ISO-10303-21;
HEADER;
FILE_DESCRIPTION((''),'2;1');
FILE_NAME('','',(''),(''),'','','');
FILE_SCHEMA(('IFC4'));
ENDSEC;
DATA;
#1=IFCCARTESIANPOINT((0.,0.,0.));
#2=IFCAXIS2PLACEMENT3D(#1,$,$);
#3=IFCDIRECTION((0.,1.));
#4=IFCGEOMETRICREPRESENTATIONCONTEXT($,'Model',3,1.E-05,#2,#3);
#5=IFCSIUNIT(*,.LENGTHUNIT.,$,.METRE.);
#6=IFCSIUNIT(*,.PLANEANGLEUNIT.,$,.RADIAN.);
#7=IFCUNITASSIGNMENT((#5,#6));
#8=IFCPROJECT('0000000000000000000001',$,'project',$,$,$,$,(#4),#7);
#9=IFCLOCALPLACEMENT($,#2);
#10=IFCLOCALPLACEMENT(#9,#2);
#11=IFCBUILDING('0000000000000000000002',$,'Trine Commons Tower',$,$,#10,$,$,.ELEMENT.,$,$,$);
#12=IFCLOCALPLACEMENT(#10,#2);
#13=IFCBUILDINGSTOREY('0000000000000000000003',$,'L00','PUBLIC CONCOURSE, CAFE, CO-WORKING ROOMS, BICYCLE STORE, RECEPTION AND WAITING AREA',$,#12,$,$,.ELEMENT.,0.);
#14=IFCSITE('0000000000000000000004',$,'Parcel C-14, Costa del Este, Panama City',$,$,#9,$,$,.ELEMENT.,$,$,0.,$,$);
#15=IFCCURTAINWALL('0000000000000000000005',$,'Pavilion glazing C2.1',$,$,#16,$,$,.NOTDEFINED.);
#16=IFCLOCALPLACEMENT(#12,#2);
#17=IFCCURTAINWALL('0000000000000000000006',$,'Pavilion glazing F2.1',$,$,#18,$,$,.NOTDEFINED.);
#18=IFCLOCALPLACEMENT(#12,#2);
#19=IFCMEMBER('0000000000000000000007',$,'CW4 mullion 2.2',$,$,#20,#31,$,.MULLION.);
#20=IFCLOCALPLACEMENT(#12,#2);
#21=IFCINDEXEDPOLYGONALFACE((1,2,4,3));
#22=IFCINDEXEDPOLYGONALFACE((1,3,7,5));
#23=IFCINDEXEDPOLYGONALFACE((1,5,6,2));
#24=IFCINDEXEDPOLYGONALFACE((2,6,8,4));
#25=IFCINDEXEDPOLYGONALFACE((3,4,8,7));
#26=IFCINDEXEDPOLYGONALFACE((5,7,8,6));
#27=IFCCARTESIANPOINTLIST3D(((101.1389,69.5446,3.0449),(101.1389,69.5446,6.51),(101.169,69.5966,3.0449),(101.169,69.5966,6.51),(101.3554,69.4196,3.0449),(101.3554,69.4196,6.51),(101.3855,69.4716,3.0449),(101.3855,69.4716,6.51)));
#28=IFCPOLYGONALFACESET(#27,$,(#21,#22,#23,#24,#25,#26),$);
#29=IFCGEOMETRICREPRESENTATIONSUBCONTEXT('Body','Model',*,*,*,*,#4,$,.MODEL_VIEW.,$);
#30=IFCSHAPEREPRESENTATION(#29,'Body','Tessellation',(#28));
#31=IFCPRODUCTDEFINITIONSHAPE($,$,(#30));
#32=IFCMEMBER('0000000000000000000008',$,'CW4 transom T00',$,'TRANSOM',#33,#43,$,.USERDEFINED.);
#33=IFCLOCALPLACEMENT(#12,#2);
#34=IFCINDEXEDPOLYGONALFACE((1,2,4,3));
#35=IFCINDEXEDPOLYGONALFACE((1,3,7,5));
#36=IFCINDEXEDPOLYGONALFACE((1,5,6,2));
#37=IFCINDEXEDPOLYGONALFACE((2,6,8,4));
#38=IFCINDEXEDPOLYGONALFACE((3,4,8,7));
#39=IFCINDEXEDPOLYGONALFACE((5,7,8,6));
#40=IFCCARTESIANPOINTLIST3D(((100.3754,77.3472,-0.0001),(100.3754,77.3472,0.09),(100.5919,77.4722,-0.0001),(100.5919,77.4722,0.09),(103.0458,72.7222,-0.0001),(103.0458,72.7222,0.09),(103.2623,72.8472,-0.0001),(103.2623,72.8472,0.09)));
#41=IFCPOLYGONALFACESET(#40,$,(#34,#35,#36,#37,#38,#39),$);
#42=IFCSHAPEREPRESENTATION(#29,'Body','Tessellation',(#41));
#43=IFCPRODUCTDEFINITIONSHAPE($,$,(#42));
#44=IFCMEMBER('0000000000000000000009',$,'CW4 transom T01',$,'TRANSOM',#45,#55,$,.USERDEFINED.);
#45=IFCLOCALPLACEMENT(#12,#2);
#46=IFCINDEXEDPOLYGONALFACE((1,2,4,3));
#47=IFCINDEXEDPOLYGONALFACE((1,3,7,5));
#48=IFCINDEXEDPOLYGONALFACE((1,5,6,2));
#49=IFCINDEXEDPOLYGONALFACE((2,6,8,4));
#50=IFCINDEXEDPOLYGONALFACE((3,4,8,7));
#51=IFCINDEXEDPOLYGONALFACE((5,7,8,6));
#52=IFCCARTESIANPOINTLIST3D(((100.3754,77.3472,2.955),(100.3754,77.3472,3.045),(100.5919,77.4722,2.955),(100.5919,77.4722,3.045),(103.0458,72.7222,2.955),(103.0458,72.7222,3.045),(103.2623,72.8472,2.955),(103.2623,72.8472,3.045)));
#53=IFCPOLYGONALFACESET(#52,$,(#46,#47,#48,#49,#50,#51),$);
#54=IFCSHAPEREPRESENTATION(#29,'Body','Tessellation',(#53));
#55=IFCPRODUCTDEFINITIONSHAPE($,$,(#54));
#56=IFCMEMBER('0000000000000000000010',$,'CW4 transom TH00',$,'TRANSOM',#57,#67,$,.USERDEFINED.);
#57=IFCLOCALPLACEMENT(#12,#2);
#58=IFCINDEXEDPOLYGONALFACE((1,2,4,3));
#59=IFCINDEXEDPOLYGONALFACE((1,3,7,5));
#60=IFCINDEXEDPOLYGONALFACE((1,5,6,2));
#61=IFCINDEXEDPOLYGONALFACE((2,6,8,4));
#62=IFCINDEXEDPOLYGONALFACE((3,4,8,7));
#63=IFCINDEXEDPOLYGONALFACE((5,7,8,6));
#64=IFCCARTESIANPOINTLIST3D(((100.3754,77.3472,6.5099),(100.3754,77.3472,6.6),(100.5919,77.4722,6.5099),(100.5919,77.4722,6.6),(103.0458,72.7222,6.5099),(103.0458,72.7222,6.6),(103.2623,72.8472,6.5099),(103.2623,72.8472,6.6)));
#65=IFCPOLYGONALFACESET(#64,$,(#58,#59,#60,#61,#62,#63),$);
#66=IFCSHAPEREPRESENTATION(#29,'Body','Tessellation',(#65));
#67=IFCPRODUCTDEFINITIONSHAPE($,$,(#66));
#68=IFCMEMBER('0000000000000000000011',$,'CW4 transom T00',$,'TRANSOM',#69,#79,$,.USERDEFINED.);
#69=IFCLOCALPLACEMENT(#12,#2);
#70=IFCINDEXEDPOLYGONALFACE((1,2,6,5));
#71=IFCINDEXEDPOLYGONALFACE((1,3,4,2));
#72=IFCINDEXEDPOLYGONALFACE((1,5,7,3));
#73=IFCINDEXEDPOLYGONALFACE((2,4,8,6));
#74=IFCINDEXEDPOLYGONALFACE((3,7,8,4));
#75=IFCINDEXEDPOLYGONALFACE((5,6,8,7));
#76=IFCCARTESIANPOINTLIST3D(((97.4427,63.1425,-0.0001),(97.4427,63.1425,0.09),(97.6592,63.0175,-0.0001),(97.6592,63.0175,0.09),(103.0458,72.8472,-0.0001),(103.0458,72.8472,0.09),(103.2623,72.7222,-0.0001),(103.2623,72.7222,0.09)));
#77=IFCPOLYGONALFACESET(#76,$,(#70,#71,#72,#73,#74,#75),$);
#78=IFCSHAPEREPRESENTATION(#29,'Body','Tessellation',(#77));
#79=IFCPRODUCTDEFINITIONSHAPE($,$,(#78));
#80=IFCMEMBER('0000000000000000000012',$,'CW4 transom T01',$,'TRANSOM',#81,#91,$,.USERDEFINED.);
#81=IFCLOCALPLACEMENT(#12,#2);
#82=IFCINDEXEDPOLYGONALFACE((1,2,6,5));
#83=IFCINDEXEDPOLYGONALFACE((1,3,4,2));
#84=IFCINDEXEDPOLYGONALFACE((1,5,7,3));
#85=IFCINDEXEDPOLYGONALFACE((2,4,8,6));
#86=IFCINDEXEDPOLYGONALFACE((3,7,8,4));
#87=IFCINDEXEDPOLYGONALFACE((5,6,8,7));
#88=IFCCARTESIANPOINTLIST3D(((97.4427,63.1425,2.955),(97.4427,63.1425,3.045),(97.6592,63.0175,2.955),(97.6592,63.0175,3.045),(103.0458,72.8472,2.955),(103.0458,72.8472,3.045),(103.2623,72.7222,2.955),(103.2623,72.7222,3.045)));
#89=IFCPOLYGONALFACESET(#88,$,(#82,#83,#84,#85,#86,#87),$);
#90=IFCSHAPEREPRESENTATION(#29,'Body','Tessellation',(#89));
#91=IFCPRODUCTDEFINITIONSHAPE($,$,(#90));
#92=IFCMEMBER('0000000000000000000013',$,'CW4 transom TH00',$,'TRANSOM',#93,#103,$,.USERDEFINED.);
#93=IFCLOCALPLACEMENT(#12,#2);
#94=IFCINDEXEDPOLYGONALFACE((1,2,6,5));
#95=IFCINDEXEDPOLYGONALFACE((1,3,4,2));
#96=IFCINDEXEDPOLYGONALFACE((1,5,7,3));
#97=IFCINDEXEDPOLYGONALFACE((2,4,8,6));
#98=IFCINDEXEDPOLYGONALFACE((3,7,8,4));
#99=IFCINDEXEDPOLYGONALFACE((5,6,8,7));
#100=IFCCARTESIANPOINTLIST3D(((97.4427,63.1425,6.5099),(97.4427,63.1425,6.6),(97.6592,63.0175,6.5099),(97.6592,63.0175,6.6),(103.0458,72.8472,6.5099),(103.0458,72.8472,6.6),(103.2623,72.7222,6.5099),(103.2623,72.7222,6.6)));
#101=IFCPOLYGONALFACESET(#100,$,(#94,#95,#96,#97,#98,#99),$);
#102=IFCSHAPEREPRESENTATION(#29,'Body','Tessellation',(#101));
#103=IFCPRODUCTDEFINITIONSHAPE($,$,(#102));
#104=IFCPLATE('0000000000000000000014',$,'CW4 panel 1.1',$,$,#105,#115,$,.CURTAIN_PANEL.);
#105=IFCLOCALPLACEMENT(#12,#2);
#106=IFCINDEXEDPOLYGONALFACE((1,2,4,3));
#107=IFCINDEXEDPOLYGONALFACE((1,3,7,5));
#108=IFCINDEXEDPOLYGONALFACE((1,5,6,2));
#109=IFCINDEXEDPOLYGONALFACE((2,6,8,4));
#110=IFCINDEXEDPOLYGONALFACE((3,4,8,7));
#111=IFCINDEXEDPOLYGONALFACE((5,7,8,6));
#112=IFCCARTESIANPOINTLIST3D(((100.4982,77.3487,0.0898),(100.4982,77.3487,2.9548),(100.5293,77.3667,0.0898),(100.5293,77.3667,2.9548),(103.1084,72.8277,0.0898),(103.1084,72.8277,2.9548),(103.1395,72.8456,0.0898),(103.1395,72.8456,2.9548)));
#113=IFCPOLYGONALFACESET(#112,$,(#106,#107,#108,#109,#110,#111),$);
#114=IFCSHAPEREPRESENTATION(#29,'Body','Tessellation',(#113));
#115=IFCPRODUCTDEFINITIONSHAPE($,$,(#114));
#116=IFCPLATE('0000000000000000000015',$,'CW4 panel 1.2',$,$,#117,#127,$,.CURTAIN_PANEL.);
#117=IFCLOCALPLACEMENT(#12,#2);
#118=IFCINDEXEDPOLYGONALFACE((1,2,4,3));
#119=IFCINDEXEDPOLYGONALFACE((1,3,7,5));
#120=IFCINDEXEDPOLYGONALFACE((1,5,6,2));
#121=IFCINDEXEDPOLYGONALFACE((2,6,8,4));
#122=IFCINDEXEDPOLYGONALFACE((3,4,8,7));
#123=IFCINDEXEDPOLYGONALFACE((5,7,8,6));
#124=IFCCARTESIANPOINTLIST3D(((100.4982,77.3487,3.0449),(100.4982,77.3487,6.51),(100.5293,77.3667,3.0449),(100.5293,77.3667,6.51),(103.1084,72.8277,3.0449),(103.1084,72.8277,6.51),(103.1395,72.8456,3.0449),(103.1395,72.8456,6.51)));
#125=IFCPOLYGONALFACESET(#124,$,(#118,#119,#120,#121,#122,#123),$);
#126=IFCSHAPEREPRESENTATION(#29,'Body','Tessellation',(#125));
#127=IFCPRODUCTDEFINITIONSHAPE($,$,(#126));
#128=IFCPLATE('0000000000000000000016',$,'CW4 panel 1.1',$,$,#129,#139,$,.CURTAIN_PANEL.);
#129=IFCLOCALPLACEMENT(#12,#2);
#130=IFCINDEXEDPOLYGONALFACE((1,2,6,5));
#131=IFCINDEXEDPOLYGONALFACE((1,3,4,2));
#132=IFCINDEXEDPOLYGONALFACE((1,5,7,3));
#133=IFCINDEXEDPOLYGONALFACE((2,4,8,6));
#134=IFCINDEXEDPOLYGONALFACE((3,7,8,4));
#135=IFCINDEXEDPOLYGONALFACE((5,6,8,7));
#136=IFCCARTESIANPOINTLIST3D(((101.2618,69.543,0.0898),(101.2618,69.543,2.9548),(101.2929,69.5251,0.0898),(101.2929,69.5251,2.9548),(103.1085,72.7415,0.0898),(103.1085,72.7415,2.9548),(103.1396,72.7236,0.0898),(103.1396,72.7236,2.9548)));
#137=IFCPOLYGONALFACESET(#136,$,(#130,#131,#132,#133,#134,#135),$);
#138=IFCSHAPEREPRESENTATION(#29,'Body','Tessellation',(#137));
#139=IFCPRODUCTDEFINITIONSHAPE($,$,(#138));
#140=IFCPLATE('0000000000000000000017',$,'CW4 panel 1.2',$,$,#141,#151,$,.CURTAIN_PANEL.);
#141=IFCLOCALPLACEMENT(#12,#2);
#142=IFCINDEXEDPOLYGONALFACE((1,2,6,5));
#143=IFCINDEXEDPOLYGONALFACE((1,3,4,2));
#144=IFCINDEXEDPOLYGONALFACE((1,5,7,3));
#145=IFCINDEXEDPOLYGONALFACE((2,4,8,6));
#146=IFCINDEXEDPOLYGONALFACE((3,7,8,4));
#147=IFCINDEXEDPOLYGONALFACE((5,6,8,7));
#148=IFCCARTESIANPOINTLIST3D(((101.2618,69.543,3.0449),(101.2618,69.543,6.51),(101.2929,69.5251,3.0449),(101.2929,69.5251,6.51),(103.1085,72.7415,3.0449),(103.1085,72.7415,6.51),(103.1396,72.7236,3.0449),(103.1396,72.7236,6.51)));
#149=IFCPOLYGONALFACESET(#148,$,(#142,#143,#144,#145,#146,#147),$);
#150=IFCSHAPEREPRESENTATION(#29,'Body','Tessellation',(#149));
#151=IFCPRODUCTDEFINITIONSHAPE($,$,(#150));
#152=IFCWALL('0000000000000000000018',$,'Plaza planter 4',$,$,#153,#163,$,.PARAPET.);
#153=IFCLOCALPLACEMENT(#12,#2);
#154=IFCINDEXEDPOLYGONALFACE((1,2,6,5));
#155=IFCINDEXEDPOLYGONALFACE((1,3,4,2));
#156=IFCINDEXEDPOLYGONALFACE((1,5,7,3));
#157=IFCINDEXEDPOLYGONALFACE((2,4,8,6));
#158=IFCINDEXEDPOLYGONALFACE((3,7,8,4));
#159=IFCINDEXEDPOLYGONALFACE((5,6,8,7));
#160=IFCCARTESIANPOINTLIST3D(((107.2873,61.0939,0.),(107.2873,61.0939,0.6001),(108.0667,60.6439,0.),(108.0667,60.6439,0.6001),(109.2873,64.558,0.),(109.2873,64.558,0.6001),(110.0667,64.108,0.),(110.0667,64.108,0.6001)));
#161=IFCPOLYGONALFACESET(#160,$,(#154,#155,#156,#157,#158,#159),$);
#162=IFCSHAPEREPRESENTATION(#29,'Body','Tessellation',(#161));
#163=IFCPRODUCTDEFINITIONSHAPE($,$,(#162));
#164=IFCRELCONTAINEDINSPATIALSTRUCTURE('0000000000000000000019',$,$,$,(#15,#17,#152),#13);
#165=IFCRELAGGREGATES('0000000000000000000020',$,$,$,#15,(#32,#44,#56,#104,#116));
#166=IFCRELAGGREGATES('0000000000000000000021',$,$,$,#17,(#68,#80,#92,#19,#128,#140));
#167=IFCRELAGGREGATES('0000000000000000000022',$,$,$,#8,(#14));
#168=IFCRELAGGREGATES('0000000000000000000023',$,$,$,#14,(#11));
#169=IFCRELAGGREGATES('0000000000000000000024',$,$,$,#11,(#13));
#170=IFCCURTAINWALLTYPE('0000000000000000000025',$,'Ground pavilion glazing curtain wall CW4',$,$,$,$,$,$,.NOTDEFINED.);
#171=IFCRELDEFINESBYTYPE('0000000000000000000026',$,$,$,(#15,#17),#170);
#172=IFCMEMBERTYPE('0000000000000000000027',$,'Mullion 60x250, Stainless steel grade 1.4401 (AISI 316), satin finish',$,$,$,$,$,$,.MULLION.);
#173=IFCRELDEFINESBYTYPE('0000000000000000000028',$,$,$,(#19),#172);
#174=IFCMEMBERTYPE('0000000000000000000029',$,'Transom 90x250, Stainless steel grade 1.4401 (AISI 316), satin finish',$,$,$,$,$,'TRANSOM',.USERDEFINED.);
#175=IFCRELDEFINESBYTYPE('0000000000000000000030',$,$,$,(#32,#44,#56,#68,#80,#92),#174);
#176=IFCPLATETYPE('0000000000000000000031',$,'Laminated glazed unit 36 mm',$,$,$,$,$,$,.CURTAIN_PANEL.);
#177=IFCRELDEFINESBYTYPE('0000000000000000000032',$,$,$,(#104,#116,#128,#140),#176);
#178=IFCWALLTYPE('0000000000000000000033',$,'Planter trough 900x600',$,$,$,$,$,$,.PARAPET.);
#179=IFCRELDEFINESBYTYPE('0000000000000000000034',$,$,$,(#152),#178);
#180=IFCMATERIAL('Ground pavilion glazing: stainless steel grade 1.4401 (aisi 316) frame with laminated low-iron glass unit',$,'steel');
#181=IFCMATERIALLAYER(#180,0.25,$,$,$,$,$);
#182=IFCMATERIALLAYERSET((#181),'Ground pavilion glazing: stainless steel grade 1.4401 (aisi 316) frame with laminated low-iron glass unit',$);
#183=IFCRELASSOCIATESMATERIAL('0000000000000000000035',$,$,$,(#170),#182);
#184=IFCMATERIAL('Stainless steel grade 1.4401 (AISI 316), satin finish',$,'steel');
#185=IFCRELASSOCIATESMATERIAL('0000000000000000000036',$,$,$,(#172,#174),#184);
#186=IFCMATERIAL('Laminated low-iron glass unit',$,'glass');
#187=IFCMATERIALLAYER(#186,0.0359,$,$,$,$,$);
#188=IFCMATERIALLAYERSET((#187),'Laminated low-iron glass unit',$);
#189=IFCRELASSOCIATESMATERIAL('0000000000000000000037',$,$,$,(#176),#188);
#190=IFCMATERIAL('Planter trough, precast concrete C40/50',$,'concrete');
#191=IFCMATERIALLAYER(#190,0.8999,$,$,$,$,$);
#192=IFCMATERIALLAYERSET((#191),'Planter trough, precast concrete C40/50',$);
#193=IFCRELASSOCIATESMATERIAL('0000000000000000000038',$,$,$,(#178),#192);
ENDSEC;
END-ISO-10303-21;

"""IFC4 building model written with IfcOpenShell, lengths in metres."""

from ifc_helpers import new_model, si_unit, direction, frame, frame_2d, origin, origin_2d, place, context, subcontext, project, spatial, rectangle, extrude, material, layer, layer_set, material_profile, profile_set, type_object, element, aggregate, save


model = new_model("IFC4")

# Units and contexts
model_context = context("Model", 3, precision=1e-05, world=origin(), true_north=direction((0.0, 1.0)))
body_context = subcontext(model_context, "Body", "Model", "MODEL_VIEW")
ifc_project = project(units=[si_unit("LENGTHUNIT", "METRE"), si_unit("PLANEANGLEUNIT", "RADIAN")], contexts=[model_context])

# Site, building, storey
site_placement = place(None, origin())
site = spatial("IfcSite", under=ifc_project, at=site_placement, Name="Parcel C-14, Costa del Este, Panama City", CompositionType="ELEMENT", RefElevation=0.0)
building_placement = place(site_placement, origin())
building = spatial("IfcBuilding", under=site, at=building_placement, Name="Trine Commons Tower", CompositionType="ELEMENT")
storey_placement = place(building_placement, origin())
storey = spatial("IfcBuildingStorey", under=building, at=storey_placement, Name="L00", Description="PUBLIC CONCOURSE, CAFE, CO-WORKING ROOMS, BICYCLE STORE, RECEPTION AND WAITING AREA", CompositionType="ELEMENT", Elevation=0.0)

# Curtain walls, member
ifc_material_1 = material(Name="Ground pavilion glazing: stainless steel grade 1.4401 (aisi 316) frame with laminated low-iron glass unit", Category="steel")
ifc_layer_1 = layer(ifc_material_1, 0.25)
ifc_layer_set_1 = layer_set([ifc_layer_1], Name="Ground pavilion glazing: stainless steel grade 1.4401 (aisi 316) frame with laminated low-iron glass unit")
curtain_wall_type = type_object("IfcCurtainWallType", Name="Ground pavilion glazing curtain wall CW4", PredefinedType="NOTDEFINED", material=ifc_layer_set_1)
curtain_wall_1_placement = place(storey_placement, origin())
curtain_wall_1 = element("IfcCurtainWall", 1, at=curtain_wall_1_placement, inside=storey, type_object=curtain_wall_type, Name="Pavilion glazing C2.1", PredefinedType="NOTDEFINED")
ifc_material_2 = material(Name="Stainless steel grade 1.4401 (AISI 316), satin finish", Category="steel")
ifc_material_profile_1 = material_profile(ifc_material_2, rectangle(XDim=0.25, YDim=0.0601, at=origin_2d()), Name="Mullion 60x250")
ifc_profile_set_1 = profile_set([ifc_material_profile_1], Name="Stainless steel grade 1.4401 (AISI 316), satin finish")
member_type_1 = type_object("IfcMemberType", Name="Mullion 60x250, Stainless steel grade 1.4401 (AISI 316), satin finish", PredefinedType="MULLION", material=ifc_profile_set_1)
curtain_wall_2_placement = place(storey_placement, origin())
curtain_wall_2 = element("IfcCurtainWall", 2, at=curtain_wall_2_placement, inside=storey, type_object=curtain_wall_type, Name="Pavilion glazing F2.1", PredefinedType="NOTDEFINED")
member_1_placement = place(storey_placement, frame((101.2622, 69.5081, 3.0449), z_axis=(0.0, 0.0, 1.0), x_axis=(0.866025, -0.5, 0.0)))
member_1 = element("IfcMember", 3, at=member_1_placement, type_object=member_type_1, Name="CW4 mullion 2.2", PredefinedType="MULLION", context=body_context, shape_type="SweptSolid", body=[
    extrude(rectangle(XDim=0.25, YDim=0.0601, at=origin_2d()), origin(), (0.0, 0.0, 1.0), 3.4651),
])

# Members
ifc_material_profile_2 = material_profile(ifc_material_2, rectangle(XDim=0.25, YDim=0.0901, at=origin_2d()), Name="Transom 90x250")
ifc_profile_set_2 = profile_set([ifc_material_profile_2], Name="Stainless steel grade 1.4401 (AISI 316), satin finish")
member_type_2 = type_object("IfcMemberType", Name="Transom 90x250, Stainless steel grade 1.4401 (AISI 316), satin finish", ElementType="TRANSOM", PredefinedType="USERDEFINED", material=ifc_profile_set_2)
member_2_placement = place(storey_placement, frame((100.4836, 77.4097, 0.0449), z_axis=(0.500023, -0.866012, 0.0), x_axis=(0.866012, 0.500023, 0.0)))
member_2 = element("IfcMember", 4, at=member_2_placement, type_object=member_type_2, Name="CW4 transom T00", ObjectType="TRANSOM", PredefinedType="USERDEFINED", context=body_context, shape_type="SweptSolid", body=[
    extrude(rectangle(XDim=0.25, YDim=0.0901, at=origin_2d()), origin(), (0.0, 0.0, 1.0), 5.3406),
])
member_3_placement = place(storey_placement, frame((100.4836, 77.4097, 3.0), z_axis=(0.500023, -0.866012, 0.0), x_axis=(0.866012, 0.500023, 0.0)))
member_3 = element("IfcMember", 5, at=member_3_placement, type_object=member_type_2, Name="CW4 transom T01", ObjectType="TRANSOM", PredefinedType="USERDEFINED", context=body_context, shape_type="SweptSolid", body=[
    extrude(rectangle(XDim=0.25, YDim=0.0901, at=origin_2d()), origin(), (0.0, 0.0, 1.0), 5.3406),
])
member_4_placement = place(storey_placement, frame((100.4836, 77.4097, 6.5549), z_axis=(0.500023, -0.866012, 0.0), x_axis=(0.866012, 0.500023, 0.0)))
member_4 = element("IfcMember", 6, at=member_4_placement, type_object=member_type_2, Name="CW4 transom TH00", ObjectType="TRANSOM", PredefinedType="USERDEFINED", context=body_context, shape_type="SweptSolid", body=[
    extrude(rectangle(XDim=0.25, YDim=0.0901, at=origin_2d()), origin(), (0.0, 0.0, 1.0), 5.3406),
])
member_5_placement = place(storey_placement, frame((103.1541, 72.7847, 0.0449), z_axis=(-0.500005, -0.866022, 0.0), x_axis=(0.866022, -0.500005, 0.0)))
member_5 = element("IfcMember", 7, at=member_5_placement, type_object=member_type_2, Name="CW4 transom T00", ObjectType="TRANSOM", PredefinedType="USERDEFINED", context=body_context, shape_type="SweptSolid", body=[
    extrude(rectangle(XDim=0.25, YDim=0.0901, at=origin_2d()), origin(), (0.0, 0.0, 1.0), 11.2061),
])
member_6_placement = place(storey_placement, frame((103.1541, 72.7847, 3.0), z_axis=(-0.500005, -0.866022, 0.0), x_axis=(0.866022, -0.500005, 0.0)))
member_6 = element("IfcMember", 8, at=member_6_placement, type_object=member_type_2, Name="CW4 transom T01", ObjectType="TRANSOM", PredefinedType="USERDEFINED", context=body_context, shape_type="SweptSolid", body=[
    extrude(rectangle(XDim=0.25, YDim=0.0901, at=origin_2d()), origin(), (0.0, 0.0, 1.0), 11.2061),
])
member_7_placement = place(storey_placement, frame((103.1541, 72.7847, 6.5549), z_axis=(-0.500005, -0.866022, 0.0), x_axis=(0.866022, -0.500005, 0.0)))
member_7 = element("IfcMember", 9, at=member_7_placement, type_object=member_type_2, Name="CW4 transom TH00", ObjectType="TRANSOM", PredefinedType="USERDEFINED", context=body_context, shape_type="SweptSolid", body=[
    extrude(rectangle(XDim=0.25, YDim=0.0901, at=origin_2d()), origin(), (0.0, 0.0, 1.0), 11.2061),
])

# Plates
ifc_material_3 = material(Name="Laminated low-iron glass unit", Category="glass")
ifc_layer_2 = layer(ifc_material_3, 0.0359)
ifc_layer_set_2 = layer_set([ifc_layer_2], Name="Laminated low-iron glass unit")
plate_type = type_object("IfcPlateType", Name="Laminated glazed unit 36 mm", PredefinedType="CURTAIN_PANEL", material=ifc_layer_set_2)
plate_1_placement = place(storey_placement, frame((101.8188, 75.0972, 0.0898), z_axis=(0.0, 0.0, 1.0), x_axis=(0.5, -0.866025, 0.0)))
plate_1 = element("IfcPlate", 10, at=plate_1_placement, type_object=plate_type, Name="CW4 panel 1.1", PredefinedType="CURTAIN_PANEL", context=body_context, shape_type="SweptSolid", body=[
    extrude(rectangle(XDim=5.2205, YDim=0.0359, at=origin_2d()), origin(), (0.0, 0.0, 1.0), 2.865),
])
plate_2_placement = place(storey_placement, frame((101.8188, 75.0972, 3.0449), z_axis=(0.0, 0.0, 1.0), x_axis=(0.5, -0.866025, 0.0)))
plate_2 = element("IfcPlate", 11, at=plate_2_placement, type_object=plate_type, Name="CW4 panel 1.2", PredefinedType="CURTAIN_PANEL", context=body_context, shape_type="SweptSolid", body=[
    extrude(rectangle(XDim=5.2205, YDim=0.0359, at=origin_2d()), origin(), (0.0, 0.0, 1.0), 3.4651),
])
aggregate(curtain_wall_1, [member_2, member_3, member_4, plate_1, plate_2])
plate_3_placement = place(storey_placement, frame((102.2007, 71.1333, 0.0898), z_axis=(0.0, 0.0, 1.0), x_axis=(-0.5, -0.866025, 0.0)))
plate_3 = element("IfcPlate", 12, at=plate_3_placement, type_object=plate_type, Name="CW4 panel 1.1", PredefinedType="CURTAIN_PANEL", context=body_context, shape_type="SweptSolid", body=[
    extrude(rectangle(XDim=3.6934, YDim=0.0359, at=origin_2d()), origin(), (0.0, 0.0, 1.0), 2.865),
])
plate_4_placement = place(storey_placement, frame((102.2007, 71.1333, 3.0449), z_axis=(0.0, 0.0, 1.0), x_axis=(-0.5, -0.866025, 0.0)))
plate_4 = element("IfcPlate", 13, at=plate_4_placement, type_object=plate_type, Name="CW4 panel 1.2", PredefinedType="CURTAIN_PANEL", context=body_context, shape_type="SweptSolid", body=[
    extrude(rectangle(XDim=3.6934, YDim=0.0359, at=origin_2d()), origin(), (0.0, 0.0, 1.0), 3.4651),
])
aggregate(curtain_wall_2, [member_5, member_6, member_7, member_1, plate_3, plate_4])

# Wall
ifc_material_4 = material(Name="Planter trough, precast concrete C40/50", Category="concrete")
ifc_layer_3 = layer(ifc_material_4, 0.8999)
ifc_layer_set_3 = layer_set([ifc_layer_3], Name="Planter trough, precast concrete C40/50")
wall_type_1 = type_object("IfcWallType", Name="Planter trough 900x600", PredefinedType="PARAPET", material=ifc_layer_set_3)
wall_1_placement = place(storey_placement, frame((109.677, 64.333, 0.0), z_axis=(0.0, 0.0, 1.0), x_axis=(-0.499999, -0.866026, 0.0)))
element("IfcWall", 14, at=wall_1_placement, inside=storey, type_object=wall_type_1, Name="Plaza planter 4", PredefinedType="PARAPET", context=body_context, shape_type="SweptSolid", body=[
    extrude(rectangle(XDim=4.0, YDim=0.8999, at=frame_2d((2.0, 0.0))), origin(), (0.0, 0.0, 1.0), 0.6001),
])

save(model, "model.ifc")
